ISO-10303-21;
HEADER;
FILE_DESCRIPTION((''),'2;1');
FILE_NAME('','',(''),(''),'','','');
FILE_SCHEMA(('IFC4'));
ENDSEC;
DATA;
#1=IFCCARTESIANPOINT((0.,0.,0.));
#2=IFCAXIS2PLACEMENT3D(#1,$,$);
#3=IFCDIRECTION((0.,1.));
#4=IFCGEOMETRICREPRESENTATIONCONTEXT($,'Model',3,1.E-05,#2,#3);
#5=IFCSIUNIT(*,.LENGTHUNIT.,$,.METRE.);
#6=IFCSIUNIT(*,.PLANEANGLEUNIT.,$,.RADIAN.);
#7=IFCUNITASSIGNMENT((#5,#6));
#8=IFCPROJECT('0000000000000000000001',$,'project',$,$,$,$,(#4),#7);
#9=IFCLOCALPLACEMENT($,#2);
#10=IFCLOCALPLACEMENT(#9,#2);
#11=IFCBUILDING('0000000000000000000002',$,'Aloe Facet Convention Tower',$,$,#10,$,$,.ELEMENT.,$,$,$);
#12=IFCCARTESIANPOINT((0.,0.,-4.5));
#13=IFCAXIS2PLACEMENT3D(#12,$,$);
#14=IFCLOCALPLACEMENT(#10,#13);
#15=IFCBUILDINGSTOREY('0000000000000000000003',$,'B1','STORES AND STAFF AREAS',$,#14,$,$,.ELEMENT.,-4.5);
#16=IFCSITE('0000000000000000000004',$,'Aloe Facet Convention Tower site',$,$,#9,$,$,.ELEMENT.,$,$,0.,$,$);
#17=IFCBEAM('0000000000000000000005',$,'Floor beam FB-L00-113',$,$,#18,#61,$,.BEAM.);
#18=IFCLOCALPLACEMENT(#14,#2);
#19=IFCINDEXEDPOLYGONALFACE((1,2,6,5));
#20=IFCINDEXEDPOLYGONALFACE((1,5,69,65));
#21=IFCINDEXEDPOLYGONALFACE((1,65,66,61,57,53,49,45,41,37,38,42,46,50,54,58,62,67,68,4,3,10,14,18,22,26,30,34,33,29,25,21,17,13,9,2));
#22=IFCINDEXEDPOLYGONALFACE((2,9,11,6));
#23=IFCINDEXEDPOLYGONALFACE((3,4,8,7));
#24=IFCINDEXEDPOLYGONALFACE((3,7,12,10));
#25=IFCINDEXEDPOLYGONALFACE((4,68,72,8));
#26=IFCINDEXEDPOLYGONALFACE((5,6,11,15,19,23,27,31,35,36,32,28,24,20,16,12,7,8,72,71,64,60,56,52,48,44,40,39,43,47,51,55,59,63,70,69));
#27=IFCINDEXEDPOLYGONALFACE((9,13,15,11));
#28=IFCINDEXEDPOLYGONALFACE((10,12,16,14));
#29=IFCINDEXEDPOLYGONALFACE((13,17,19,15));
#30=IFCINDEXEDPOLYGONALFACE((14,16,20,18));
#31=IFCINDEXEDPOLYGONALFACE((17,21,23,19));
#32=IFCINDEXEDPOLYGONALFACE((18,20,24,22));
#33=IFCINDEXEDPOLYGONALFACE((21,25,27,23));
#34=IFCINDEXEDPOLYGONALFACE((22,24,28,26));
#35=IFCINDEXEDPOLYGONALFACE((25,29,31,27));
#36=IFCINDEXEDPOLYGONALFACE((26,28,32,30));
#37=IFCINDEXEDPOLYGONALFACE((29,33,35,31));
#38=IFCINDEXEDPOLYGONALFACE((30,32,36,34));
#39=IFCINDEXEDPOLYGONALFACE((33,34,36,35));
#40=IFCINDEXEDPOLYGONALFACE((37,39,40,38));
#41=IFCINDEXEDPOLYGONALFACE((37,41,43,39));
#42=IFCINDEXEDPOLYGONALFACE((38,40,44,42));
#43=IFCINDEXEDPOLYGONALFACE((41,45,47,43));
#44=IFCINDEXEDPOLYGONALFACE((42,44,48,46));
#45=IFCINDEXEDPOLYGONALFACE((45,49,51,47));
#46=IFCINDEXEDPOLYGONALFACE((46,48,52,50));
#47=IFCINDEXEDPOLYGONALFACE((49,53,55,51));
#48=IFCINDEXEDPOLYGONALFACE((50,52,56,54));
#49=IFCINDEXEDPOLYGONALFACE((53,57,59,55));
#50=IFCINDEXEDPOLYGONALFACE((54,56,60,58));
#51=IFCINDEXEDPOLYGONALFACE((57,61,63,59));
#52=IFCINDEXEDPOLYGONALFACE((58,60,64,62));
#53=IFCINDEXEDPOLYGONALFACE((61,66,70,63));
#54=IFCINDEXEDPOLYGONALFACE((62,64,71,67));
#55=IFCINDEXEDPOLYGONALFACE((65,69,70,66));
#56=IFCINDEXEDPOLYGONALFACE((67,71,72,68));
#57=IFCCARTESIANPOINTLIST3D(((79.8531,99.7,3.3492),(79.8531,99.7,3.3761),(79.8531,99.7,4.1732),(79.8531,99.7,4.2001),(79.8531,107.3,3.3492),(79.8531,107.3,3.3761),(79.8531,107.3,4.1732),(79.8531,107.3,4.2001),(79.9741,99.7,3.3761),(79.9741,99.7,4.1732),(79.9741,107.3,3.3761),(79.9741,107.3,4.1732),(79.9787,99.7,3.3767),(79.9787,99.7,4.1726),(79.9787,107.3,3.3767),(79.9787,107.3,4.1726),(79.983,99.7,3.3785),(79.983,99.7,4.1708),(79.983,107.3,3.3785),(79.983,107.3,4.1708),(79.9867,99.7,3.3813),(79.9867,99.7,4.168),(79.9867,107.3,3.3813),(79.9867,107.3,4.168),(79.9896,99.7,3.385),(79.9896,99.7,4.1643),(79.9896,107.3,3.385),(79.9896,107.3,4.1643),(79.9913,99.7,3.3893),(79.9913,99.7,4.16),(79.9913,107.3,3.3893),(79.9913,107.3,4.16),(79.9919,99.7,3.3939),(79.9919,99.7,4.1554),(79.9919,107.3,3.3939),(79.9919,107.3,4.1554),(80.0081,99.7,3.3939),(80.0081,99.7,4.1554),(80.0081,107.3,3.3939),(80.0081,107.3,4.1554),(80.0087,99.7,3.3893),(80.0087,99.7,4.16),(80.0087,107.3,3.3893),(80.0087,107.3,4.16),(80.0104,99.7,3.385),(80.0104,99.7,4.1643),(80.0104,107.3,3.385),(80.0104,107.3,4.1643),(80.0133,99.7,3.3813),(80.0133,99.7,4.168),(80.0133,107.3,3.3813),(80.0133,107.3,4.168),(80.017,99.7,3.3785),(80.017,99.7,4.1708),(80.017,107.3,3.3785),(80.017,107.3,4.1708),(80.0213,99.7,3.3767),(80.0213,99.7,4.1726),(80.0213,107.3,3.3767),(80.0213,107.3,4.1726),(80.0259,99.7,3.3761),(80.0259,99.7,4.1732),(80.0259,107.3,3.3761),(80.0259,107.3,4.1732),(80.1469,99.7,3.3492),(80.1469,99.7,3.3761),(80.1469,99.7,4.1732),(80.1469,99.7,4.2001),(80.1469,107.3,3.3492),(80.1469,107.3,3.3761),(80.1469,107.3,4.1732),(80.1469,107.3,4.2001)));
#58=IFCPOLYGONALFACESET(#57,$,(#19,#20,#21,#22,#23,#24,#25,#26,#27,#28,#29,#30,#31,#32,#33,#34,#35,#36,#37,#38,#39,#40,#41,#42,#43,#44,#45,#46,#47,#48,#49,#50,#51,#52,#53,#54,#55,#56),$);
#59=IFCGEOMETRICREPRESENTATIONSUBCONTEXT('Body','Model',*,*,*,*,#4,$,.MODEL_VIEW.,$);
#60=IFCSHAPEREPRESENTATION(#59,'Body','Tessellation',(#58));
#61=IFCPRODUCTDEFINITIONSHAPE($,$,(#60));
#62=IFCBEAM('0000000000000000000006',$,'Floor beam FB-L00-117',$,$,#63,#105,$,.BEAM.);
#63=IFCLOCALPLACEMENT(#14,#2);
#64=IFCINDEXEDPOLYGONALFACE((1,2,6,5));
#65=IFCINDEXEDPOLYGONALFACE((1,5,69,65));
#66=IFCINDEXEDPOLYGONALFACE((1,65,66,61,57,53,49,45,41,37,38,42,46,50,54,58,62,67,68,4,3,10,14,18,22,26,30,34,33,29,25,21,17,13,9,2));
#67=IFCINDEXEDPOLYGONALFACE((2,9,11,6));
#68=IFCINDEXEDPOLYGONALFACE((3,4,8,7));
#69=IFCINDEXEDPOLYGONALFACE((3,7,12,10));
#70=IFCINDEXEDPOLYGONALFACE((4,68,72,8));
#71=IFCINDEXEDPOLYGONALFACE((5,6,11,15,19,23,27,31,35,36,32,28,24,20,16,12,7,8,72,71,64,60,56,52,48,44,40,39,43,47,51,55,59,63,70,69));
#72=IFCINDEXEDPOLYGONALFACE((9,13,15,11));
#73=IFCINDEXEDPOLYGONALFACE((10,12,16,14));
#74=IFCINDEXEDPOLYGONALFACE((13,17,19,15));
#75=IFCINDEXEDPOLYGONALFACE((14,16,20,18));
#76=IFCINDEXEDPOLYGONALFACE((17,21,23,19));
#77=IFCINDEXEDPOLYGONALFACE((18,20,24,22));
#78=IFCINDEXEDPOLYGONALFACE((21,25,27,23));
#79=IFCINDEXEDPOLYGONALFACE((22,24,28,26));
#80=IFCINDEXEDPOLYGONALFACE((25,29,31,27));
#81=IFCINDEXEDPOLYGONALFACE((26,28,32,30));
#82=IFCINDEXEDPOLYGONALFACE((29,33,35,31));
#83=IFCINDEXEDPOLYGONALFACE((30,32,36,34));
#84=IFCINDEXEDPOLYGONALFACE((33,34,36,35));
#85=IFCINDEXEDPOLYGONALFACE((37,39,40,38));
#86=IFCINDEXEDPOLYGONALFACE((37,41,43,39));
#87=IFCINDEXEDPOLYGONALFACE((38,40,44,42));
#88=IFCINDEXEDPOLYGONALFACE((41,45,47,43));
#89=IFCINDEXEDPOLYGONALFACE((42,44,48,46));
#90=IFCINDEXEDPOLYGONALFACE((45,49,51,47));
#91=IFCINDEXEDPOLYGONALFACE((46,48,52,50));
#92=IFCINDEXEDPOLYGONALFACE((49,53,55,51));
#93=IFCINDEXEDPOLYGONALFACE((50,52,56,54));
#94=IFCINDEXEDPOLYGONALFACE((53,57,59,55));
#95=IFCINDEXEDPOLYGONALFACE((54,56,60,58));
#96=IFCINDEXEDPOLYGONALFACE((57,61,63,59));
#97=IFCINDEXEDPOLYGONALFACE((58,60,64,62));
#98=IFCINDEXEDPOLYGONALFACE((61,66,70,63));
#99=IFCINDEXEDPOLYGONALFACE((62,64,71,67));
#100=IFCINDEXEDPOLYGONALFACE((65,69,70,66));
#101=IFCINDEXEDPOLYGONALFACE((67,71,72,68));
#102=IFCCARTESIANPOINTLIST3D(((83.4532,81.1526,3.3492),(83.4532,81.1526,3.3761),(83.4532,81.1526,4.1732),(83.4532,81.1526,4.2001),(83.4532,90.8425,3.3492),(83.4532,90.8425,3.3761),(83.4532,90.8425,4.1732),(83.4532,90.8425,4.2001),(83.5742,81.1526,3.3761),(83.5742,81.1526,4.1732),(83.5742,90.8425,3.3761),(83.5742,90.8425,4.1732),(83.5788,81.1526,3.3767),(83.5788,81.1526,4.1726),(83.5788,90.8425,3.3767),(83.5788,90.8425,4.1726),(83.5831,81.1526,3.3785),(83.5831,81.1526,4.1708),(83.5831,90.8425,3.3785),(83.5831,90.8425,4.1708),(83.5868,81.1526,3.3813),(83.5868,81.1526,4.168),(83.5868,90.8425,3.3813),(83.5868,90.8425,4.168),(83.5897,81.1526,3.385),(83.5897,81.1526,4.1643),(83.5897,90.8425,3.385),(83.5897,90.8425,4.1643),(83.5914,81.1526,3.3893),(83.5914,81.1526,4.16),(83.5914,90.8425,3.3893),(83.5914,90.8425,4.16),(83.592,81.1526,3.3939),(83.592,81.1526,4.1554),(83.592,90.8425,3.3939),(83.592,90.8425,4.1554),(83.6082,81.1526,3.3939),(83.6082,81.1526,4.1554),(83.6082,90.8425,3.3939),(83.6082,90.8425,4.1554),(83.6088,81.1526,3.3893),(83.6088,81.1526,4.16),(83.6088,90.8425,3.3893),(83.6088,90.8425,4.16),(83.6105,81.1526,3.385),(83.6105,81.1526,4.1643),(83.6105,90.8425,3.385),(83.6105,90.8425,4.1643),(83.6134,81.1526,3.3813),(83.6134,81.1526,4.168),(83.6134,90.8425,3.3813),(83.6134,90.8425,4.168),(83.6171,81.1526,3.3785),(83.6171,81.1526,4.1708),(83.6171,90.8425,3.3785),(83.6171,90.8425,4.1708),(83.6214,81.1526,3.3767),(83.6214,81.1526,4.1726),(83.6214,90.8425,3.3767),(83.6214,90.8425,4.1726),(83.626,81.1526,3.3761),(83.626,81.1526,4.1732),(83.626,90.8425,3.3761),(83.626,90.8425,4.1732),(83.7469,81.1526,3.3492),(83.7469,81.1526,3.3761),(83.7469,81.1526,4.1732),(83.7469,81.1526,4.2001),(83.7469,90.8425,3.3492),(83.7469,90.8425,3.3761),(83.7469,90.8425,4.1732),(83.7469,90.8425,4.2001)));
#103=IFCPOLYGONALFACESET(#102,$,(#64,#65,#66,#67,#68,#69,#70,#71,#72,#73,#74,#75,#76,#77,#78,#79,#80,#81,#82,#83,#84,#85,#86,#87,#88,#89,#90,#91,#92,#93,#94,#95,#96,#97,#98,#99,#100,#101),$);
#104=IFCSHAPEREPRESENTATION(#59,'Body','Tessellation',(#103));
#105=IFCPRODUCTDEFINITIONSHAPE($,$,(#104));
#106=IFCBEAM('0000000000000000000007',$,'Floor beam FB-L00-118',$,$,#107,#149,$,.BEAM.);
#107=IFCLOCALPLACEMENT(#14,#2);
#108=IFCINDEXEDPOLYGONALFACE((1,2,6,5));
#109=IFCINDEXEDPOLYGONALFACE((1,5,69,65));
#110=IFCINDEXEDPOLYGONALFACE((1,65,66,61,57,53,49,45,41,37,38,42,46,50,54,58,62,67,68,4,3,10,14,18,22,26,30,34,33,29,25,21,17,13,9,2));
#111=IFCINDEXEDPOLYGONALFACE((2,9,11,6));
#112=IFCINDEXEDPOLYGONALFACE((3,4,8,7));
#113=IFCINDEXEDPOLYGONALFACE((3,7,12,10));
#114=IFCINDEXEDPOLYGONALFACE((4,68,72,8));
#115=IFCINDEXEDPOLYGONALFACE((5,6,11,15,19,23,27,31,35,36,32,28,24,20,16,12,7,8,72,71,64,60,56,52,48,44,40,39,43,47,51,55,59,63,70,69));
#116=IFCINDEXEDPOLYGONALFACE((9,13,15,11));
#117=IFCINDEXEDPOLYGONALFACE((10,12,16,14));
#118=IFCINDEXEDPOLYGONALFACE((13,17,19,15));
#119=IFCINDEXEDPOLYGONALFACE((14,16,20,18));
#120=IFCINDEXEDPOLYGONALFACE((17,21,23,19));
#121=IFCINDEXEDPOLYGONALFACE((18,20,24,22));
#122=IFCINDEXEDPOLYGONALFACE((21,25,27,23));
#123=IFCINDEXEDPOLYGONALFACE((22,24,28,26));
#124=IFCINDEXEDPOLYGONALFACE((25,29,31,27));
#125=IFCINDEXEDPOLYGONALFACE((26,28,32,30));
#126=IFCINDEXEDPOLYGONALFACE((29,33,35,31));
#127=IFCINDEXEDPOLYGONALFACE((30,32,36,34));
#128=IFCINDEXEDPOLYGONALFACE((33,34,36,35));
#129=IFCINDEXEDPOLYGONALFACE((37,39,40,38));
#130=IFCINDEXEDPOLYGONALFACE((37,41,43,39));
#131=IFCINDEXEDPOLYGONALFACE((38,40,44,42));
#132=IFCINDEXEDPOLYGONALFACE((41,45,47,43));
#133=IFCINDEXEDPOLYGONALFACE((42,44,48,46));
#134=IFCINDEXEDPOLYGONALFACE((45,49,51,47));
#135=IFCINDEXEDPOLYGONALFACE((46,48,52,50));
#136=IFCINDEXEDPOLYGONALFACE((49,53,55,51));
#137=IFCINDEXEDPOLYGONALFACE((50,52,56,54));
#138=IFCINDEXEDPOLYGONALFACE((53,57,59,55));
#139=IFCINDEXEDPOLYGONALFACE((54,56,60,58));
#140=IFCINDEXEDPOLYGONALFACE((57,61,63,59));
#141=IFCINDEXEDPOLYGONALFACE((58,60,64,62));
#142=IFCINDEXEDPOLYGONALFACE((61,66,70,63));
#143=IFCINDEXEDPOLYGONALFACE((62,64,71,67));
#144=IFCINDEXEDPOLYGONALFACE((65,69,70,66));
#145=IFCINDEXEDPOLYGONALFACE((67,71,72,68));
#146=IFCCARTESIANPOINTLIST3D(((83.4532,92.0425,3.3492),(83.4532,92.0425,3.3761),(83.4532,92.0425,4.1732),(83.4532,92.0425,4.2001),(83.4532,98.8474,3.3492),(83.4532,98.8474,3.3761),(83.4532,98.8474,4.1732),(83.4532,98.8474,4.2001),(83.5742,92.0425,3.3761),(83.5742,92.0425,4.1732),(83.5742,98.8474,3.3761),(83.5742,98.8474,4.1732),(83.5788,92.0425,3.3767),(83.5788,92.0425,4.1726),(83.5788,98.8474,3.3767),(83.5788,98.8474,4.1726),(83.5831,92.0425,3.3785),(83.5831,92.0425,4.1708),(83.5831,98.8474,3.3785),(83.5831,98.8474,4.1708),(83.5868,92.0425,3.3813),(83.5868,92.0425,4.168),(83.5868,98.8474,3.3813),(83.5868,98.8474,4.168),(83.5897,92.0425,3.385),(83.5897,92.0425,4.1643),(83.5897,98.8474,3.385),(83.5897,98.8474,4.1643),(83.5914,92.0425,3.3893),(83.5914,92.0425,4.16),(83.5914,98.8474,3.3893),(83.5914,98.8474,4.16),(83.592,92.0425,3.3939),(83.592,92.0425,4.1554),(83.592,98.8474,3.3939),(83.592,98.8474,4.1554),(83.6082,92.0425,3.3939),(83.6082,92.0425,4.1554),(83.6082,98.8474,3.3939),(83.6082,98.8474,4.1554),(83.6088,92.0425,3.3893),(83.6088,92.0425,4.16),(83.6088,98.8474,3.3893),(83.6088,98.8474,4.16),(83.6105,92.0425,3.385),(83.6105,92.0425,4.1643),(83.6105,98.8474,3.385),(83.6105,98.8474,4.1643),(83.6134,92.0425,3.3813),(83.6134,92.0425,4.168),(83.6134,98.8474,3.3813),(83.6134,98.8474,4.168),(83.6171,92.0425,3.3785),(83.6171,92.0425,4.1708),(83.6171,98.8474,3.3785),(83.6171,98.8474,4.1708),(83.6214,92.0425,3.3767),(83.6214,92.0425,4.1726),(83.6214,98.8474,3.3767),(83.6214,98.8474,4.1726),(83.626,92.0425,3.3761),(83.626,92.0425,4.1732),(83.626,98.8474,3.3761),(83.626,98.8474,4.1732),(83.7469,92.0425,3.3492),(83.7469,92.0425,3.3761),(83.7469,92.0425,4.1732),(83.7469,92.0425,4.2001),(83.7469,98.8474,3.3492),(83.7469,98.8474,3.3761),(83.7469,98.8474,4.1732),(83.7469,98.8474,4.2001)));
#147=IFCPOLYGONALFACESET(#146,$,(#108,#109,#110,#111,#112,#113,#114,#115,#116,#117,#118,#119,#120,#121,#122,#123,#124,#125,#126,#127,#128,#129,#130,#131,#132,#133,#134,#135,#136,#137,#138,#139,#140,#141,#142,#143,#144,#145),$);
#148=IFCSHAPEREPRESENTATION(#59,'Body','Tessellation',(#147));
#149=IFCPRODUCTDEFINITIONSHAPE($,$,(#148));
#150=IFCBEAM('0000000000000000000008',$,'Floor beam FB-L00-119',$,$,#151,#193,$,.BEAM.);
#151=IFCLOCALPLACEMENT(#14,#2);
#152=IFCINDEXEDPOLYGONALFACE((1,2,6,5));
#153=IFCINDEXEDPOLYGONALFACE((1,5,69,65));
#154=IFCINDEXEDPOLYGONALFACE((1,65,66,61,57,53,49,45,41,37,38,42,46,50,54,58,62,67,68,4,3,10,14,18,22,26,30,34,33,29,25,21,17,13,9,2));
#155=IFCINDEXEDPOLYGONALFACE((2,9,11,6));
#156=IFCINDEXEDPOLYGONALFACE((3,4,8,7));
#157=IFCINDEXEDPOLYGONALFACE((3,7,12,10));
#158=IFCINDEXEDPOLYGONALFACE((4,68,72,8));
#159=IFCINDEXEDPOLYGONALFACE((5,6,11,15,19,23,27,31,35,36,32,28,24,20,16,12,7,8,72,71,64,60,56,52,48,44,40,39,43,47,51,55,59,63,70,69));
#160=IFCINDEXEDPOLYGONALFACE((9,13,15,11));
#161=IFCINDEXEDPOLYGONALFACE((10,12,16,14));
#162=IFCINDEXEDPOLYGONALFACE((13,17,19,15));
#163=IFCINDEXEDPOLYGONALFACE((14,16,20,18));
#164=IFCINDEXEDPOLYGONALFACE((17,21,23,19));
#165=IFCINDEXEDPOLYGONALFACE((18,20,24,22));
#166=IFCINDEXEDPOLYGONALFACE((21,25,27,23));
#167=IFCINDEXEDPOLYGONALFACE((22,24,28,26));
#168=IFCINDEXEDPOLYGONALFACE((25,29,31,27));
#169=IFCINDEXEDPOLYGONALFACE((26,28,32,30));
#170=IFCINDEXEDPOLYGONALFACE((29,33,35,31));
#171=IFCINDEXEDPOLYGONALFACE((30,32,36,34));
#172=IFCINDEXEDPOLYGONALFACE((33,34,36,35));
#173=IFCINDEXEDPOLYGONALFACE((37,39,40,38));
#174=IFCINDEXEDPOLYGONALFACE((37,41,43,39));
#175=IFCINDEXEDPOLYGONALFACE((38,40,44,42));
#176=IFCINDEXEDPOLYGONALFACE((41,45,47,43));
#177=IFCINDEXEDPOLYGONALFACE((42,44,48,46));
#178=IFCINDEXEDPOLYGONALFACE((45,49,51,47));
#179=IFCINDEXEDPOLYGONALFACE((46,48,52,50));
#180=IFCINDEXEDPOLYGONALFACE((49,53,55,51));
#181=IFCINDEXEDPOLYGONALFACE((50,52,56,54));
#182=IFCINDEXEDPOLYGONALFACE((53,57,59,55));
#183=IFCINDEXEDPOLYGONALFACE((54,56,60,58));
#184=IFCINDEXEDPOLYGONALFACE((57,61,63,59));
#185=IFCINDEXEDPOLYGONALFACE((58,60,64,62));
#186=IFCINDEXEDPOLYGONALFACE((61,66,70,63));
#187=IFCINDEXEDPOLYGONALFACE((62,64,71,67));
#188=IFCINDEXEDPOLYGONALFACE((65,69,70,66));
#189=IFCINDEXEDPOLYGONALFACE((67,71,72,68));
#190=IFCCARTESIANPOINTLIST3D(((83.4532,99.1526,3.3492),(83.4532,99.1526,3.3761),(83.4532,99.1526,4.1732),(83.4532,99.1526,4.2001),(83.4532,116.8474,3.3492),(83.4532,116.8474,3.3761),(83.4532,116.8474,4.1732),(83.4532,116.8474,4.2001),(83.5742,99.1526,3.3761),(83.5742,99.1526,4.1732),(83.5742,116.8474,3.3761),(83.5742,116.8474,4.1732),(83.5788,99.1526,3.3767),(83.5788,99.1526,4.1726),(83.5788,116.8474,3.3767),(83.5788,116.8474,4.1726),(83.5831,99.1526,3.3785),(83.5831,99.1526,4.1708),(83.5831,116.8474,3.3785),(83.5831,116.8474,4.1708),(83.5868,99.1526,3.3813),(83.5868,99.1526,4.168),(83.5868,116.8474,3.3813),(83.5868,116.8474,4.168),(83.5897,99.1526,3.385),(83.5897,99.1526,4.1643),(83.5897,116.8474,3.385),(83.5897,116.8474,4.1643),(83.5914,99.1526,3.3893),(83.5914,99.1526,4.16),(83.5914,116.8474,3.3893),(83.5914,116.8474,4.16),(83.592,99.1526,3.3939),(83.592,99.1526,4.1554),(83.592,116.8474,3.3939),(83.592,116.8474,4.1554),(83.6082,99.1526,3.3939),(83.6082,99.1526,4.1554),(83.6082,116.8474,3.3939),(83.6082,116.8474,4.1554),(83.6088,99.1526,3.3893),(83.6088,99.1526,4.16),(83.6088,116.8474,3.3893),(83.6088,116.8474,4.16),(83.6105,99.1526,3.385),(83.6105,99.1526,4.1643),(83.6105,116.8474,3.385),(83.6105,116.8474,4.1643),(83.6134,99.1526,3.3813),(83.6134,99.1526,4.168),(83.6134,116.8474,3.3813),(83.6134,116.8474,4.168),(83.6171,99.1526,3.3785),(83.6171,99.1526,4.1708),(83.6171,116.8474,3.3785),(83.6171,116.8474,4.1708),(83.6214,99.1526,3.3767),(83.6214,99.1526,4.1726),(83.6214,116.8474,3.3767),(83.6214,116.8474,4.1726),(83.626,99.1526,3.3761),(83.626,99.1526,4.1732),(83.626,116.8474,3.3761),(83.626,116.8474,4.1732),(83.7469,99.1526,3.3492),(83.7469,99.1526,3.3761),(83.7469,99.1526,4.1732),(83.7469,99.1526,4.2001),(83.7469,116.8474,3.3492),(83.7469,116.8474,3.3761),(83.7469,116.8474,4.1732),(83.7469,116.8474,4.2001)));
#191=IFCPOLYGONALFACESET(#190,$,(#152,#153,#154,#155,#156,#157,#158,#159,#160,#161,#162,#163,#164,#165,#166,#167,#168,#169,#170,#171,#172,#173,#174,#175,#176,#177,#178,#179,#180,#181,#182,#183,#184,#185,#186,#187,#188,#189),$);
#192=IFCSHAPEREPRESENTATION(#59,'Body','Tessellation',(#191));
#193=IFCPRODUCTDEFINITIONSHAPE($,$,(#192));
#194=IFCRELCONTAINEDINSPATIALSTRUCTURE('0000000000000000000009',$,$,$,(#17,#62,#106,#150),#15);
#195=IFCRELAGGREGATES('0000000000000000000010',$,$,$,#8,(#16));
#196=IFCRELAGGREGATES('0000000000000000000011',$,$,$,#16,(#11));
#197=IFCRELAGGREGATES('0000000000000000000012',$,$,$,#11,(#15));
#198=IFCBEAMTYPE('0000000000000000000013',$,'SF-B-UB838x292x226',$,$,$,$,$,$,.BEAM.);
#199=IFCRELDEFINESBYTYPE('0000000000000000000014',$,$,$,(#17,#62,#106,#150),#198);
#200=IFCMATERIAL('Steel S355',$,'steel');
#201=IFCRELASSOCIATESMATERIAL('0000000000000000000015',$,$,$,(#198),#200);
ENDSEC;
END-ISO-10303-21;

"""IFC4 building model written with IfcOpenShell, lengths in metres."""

from ifc_helpers import new_model, si_unit, direction, frame, origin, origin_2d, place, context, subcontext, project, spatial, i_section, extrude, material, material_profile, profile_set, type_object, element, save


model = new_model("IFC4")

# Units and contexts
model_context = context("Model", 3, precision=1e-05, world=origin(), true_north=direction((0.0, 1.0)))
body_context = subcontext(model_context, "Body", "Model", "MODEL_VIEW")
ifc_project = project(units=[si_unit("LENGTHUNIT", "METRE"), si_unit("PLANEANGLEUNIT", "RADIAN")], contexts=[model_context])

# Site, building, storey
site_placement = place(None, origin())
site = spatial("IfcSite", under=ifc_project, at=site_placement, Name="Aloe Facet Convention Tower site", CompositionType="ELEMENT", RefElevation=0.0)
building_placement = place(site_placement, origin())
building = spatial("IfcBuilding", under=site, at=building_placement, Name="Aloe Facet Convention Tower", CompositionType="ELEMENT")
storey_placement = place(building_placement, frame((0.0, 0.0, -4.5)))
storey = spatial("IfcBuildingStorey", under=building, at=storey_placement, Name="B1", Description="STORES AND STAFF AREAS", CompositionType="ELEMENT", Elevation=-4.5)

# Beams
ifc_material_1 = material(Name="Steel S355", Category="steel")
ifc_material_profile_1 = material_profile(ifc_material_1, i_section(OverallWidth=0.2937, OverallDepth=0.8508, WebThickness=0.0161, FlangeThickness=0.0269, FilletRadius=0.0178, at=origin_2d()), Name="UB 838x292x226")
ifc_profile_set_1 = profile_set([ifc_material_profile_1], Name="Steel S355")
beam_type_1 = type_object("IfcBeamType", Name="SF-B-UB838x292x226", PredefinedType="BEAM", material=ifc_profile_set_1)
beam_1_placement = place(storey_placement, frame((80.0, 99.7, 3.7747), z_axis=(0.0, 1.0, 0.0), x_axis=(-1.0, 0.0, 0.0)))
element("IfcBeam", 1, at=beam_1_placement, inside=storey, type_object=beam_type_1, Name="Floor beam FB-L00-113", PredefinedType="BEAM", context=body_context, shape_type="SweptSolid", body=[
    extrude(i_section(OverallWidth=0.2937, OverallDepth=0.8508, WebThickness=0.0161, FlangeThickness=0.0269, FilletRadius=0.0178, at=origin_2d()), origin(), (0.0, 0.0, 1.0), 7.6001),
])
beam_2_placement = place(storey_placement, frame((83.6001, 81.1526, 3.7747), z_axis=(0.0, 1.0, 0.0), x_axis=(-1.0, 0.0, 0.0)))
element("IfcBeam", 2, at=beam_2_placement, inside=storey, type_object=beam_type_1, Name="Floor beam FB-L00-117", PredefinedType="BEAM", context=body_context, shape_type="SweptSolid", body=[
    extrude(i_section(OverallWidth=0.2937, OverallDepth=0.8508, WebThickness=0.0161, FlangeThickness=0.0269, FilletRadius=0.0178, at=origin_2d()), origin(), (0.0, 0.0, 1.0), 9.6899),
])
beam_3_placement = place(storey_placement, frame((83.6001, 92.0425, 3.7747), z_axis=(0.0, 1.0, 0.0), x_axis=(-1.0, 0.0, 0.0)))
element("IfcBeam", 3, at=beam_3_placement, inside=storey, type_object=beam_type_1, Name="Floor beam FB-L00-118", PredefinedType="BEAM", context=body_context, shape_type="SweptSolid", body=[
    extrude(i_section(OverallWidth=0.2937, OverallDepth=0.8508, WebThickness=0.0161, FlangeThickness=0.0269, FilletRadius=0.0178, at=origin_2d()), origin(), (0.0, 0.0, 1.0), 6.8049),
])
for number, where, z_axis, x_axis, name in (
    (4, (83.6001, 99.1526, 3.7747), (0.0, 1.0, 0.0), (-1.0, 0.0, 0.0), "Floor beam FB-L00-119"),
):
    element("IfcBeam", number, at=place(storey_placement, frame(where, z_axis=z_axis, x_axis=x_axis)), inside=storey, type_object=beam_type_1, Name=name, PredefinedType="BEAM", context=body_context, shape_type="SweptSolid", body=[
        extrude(i_section(OverallWidth=0.2937, OverallDepth=0.8508, WebThickness=0.0161, FlangeThickness=0.0269, FilletRadius=0.0178, at=origin_2d()), origin(), (0.0, 0.0, 1.0), 17.6948),
    ])

save(model, "model.ifc")
